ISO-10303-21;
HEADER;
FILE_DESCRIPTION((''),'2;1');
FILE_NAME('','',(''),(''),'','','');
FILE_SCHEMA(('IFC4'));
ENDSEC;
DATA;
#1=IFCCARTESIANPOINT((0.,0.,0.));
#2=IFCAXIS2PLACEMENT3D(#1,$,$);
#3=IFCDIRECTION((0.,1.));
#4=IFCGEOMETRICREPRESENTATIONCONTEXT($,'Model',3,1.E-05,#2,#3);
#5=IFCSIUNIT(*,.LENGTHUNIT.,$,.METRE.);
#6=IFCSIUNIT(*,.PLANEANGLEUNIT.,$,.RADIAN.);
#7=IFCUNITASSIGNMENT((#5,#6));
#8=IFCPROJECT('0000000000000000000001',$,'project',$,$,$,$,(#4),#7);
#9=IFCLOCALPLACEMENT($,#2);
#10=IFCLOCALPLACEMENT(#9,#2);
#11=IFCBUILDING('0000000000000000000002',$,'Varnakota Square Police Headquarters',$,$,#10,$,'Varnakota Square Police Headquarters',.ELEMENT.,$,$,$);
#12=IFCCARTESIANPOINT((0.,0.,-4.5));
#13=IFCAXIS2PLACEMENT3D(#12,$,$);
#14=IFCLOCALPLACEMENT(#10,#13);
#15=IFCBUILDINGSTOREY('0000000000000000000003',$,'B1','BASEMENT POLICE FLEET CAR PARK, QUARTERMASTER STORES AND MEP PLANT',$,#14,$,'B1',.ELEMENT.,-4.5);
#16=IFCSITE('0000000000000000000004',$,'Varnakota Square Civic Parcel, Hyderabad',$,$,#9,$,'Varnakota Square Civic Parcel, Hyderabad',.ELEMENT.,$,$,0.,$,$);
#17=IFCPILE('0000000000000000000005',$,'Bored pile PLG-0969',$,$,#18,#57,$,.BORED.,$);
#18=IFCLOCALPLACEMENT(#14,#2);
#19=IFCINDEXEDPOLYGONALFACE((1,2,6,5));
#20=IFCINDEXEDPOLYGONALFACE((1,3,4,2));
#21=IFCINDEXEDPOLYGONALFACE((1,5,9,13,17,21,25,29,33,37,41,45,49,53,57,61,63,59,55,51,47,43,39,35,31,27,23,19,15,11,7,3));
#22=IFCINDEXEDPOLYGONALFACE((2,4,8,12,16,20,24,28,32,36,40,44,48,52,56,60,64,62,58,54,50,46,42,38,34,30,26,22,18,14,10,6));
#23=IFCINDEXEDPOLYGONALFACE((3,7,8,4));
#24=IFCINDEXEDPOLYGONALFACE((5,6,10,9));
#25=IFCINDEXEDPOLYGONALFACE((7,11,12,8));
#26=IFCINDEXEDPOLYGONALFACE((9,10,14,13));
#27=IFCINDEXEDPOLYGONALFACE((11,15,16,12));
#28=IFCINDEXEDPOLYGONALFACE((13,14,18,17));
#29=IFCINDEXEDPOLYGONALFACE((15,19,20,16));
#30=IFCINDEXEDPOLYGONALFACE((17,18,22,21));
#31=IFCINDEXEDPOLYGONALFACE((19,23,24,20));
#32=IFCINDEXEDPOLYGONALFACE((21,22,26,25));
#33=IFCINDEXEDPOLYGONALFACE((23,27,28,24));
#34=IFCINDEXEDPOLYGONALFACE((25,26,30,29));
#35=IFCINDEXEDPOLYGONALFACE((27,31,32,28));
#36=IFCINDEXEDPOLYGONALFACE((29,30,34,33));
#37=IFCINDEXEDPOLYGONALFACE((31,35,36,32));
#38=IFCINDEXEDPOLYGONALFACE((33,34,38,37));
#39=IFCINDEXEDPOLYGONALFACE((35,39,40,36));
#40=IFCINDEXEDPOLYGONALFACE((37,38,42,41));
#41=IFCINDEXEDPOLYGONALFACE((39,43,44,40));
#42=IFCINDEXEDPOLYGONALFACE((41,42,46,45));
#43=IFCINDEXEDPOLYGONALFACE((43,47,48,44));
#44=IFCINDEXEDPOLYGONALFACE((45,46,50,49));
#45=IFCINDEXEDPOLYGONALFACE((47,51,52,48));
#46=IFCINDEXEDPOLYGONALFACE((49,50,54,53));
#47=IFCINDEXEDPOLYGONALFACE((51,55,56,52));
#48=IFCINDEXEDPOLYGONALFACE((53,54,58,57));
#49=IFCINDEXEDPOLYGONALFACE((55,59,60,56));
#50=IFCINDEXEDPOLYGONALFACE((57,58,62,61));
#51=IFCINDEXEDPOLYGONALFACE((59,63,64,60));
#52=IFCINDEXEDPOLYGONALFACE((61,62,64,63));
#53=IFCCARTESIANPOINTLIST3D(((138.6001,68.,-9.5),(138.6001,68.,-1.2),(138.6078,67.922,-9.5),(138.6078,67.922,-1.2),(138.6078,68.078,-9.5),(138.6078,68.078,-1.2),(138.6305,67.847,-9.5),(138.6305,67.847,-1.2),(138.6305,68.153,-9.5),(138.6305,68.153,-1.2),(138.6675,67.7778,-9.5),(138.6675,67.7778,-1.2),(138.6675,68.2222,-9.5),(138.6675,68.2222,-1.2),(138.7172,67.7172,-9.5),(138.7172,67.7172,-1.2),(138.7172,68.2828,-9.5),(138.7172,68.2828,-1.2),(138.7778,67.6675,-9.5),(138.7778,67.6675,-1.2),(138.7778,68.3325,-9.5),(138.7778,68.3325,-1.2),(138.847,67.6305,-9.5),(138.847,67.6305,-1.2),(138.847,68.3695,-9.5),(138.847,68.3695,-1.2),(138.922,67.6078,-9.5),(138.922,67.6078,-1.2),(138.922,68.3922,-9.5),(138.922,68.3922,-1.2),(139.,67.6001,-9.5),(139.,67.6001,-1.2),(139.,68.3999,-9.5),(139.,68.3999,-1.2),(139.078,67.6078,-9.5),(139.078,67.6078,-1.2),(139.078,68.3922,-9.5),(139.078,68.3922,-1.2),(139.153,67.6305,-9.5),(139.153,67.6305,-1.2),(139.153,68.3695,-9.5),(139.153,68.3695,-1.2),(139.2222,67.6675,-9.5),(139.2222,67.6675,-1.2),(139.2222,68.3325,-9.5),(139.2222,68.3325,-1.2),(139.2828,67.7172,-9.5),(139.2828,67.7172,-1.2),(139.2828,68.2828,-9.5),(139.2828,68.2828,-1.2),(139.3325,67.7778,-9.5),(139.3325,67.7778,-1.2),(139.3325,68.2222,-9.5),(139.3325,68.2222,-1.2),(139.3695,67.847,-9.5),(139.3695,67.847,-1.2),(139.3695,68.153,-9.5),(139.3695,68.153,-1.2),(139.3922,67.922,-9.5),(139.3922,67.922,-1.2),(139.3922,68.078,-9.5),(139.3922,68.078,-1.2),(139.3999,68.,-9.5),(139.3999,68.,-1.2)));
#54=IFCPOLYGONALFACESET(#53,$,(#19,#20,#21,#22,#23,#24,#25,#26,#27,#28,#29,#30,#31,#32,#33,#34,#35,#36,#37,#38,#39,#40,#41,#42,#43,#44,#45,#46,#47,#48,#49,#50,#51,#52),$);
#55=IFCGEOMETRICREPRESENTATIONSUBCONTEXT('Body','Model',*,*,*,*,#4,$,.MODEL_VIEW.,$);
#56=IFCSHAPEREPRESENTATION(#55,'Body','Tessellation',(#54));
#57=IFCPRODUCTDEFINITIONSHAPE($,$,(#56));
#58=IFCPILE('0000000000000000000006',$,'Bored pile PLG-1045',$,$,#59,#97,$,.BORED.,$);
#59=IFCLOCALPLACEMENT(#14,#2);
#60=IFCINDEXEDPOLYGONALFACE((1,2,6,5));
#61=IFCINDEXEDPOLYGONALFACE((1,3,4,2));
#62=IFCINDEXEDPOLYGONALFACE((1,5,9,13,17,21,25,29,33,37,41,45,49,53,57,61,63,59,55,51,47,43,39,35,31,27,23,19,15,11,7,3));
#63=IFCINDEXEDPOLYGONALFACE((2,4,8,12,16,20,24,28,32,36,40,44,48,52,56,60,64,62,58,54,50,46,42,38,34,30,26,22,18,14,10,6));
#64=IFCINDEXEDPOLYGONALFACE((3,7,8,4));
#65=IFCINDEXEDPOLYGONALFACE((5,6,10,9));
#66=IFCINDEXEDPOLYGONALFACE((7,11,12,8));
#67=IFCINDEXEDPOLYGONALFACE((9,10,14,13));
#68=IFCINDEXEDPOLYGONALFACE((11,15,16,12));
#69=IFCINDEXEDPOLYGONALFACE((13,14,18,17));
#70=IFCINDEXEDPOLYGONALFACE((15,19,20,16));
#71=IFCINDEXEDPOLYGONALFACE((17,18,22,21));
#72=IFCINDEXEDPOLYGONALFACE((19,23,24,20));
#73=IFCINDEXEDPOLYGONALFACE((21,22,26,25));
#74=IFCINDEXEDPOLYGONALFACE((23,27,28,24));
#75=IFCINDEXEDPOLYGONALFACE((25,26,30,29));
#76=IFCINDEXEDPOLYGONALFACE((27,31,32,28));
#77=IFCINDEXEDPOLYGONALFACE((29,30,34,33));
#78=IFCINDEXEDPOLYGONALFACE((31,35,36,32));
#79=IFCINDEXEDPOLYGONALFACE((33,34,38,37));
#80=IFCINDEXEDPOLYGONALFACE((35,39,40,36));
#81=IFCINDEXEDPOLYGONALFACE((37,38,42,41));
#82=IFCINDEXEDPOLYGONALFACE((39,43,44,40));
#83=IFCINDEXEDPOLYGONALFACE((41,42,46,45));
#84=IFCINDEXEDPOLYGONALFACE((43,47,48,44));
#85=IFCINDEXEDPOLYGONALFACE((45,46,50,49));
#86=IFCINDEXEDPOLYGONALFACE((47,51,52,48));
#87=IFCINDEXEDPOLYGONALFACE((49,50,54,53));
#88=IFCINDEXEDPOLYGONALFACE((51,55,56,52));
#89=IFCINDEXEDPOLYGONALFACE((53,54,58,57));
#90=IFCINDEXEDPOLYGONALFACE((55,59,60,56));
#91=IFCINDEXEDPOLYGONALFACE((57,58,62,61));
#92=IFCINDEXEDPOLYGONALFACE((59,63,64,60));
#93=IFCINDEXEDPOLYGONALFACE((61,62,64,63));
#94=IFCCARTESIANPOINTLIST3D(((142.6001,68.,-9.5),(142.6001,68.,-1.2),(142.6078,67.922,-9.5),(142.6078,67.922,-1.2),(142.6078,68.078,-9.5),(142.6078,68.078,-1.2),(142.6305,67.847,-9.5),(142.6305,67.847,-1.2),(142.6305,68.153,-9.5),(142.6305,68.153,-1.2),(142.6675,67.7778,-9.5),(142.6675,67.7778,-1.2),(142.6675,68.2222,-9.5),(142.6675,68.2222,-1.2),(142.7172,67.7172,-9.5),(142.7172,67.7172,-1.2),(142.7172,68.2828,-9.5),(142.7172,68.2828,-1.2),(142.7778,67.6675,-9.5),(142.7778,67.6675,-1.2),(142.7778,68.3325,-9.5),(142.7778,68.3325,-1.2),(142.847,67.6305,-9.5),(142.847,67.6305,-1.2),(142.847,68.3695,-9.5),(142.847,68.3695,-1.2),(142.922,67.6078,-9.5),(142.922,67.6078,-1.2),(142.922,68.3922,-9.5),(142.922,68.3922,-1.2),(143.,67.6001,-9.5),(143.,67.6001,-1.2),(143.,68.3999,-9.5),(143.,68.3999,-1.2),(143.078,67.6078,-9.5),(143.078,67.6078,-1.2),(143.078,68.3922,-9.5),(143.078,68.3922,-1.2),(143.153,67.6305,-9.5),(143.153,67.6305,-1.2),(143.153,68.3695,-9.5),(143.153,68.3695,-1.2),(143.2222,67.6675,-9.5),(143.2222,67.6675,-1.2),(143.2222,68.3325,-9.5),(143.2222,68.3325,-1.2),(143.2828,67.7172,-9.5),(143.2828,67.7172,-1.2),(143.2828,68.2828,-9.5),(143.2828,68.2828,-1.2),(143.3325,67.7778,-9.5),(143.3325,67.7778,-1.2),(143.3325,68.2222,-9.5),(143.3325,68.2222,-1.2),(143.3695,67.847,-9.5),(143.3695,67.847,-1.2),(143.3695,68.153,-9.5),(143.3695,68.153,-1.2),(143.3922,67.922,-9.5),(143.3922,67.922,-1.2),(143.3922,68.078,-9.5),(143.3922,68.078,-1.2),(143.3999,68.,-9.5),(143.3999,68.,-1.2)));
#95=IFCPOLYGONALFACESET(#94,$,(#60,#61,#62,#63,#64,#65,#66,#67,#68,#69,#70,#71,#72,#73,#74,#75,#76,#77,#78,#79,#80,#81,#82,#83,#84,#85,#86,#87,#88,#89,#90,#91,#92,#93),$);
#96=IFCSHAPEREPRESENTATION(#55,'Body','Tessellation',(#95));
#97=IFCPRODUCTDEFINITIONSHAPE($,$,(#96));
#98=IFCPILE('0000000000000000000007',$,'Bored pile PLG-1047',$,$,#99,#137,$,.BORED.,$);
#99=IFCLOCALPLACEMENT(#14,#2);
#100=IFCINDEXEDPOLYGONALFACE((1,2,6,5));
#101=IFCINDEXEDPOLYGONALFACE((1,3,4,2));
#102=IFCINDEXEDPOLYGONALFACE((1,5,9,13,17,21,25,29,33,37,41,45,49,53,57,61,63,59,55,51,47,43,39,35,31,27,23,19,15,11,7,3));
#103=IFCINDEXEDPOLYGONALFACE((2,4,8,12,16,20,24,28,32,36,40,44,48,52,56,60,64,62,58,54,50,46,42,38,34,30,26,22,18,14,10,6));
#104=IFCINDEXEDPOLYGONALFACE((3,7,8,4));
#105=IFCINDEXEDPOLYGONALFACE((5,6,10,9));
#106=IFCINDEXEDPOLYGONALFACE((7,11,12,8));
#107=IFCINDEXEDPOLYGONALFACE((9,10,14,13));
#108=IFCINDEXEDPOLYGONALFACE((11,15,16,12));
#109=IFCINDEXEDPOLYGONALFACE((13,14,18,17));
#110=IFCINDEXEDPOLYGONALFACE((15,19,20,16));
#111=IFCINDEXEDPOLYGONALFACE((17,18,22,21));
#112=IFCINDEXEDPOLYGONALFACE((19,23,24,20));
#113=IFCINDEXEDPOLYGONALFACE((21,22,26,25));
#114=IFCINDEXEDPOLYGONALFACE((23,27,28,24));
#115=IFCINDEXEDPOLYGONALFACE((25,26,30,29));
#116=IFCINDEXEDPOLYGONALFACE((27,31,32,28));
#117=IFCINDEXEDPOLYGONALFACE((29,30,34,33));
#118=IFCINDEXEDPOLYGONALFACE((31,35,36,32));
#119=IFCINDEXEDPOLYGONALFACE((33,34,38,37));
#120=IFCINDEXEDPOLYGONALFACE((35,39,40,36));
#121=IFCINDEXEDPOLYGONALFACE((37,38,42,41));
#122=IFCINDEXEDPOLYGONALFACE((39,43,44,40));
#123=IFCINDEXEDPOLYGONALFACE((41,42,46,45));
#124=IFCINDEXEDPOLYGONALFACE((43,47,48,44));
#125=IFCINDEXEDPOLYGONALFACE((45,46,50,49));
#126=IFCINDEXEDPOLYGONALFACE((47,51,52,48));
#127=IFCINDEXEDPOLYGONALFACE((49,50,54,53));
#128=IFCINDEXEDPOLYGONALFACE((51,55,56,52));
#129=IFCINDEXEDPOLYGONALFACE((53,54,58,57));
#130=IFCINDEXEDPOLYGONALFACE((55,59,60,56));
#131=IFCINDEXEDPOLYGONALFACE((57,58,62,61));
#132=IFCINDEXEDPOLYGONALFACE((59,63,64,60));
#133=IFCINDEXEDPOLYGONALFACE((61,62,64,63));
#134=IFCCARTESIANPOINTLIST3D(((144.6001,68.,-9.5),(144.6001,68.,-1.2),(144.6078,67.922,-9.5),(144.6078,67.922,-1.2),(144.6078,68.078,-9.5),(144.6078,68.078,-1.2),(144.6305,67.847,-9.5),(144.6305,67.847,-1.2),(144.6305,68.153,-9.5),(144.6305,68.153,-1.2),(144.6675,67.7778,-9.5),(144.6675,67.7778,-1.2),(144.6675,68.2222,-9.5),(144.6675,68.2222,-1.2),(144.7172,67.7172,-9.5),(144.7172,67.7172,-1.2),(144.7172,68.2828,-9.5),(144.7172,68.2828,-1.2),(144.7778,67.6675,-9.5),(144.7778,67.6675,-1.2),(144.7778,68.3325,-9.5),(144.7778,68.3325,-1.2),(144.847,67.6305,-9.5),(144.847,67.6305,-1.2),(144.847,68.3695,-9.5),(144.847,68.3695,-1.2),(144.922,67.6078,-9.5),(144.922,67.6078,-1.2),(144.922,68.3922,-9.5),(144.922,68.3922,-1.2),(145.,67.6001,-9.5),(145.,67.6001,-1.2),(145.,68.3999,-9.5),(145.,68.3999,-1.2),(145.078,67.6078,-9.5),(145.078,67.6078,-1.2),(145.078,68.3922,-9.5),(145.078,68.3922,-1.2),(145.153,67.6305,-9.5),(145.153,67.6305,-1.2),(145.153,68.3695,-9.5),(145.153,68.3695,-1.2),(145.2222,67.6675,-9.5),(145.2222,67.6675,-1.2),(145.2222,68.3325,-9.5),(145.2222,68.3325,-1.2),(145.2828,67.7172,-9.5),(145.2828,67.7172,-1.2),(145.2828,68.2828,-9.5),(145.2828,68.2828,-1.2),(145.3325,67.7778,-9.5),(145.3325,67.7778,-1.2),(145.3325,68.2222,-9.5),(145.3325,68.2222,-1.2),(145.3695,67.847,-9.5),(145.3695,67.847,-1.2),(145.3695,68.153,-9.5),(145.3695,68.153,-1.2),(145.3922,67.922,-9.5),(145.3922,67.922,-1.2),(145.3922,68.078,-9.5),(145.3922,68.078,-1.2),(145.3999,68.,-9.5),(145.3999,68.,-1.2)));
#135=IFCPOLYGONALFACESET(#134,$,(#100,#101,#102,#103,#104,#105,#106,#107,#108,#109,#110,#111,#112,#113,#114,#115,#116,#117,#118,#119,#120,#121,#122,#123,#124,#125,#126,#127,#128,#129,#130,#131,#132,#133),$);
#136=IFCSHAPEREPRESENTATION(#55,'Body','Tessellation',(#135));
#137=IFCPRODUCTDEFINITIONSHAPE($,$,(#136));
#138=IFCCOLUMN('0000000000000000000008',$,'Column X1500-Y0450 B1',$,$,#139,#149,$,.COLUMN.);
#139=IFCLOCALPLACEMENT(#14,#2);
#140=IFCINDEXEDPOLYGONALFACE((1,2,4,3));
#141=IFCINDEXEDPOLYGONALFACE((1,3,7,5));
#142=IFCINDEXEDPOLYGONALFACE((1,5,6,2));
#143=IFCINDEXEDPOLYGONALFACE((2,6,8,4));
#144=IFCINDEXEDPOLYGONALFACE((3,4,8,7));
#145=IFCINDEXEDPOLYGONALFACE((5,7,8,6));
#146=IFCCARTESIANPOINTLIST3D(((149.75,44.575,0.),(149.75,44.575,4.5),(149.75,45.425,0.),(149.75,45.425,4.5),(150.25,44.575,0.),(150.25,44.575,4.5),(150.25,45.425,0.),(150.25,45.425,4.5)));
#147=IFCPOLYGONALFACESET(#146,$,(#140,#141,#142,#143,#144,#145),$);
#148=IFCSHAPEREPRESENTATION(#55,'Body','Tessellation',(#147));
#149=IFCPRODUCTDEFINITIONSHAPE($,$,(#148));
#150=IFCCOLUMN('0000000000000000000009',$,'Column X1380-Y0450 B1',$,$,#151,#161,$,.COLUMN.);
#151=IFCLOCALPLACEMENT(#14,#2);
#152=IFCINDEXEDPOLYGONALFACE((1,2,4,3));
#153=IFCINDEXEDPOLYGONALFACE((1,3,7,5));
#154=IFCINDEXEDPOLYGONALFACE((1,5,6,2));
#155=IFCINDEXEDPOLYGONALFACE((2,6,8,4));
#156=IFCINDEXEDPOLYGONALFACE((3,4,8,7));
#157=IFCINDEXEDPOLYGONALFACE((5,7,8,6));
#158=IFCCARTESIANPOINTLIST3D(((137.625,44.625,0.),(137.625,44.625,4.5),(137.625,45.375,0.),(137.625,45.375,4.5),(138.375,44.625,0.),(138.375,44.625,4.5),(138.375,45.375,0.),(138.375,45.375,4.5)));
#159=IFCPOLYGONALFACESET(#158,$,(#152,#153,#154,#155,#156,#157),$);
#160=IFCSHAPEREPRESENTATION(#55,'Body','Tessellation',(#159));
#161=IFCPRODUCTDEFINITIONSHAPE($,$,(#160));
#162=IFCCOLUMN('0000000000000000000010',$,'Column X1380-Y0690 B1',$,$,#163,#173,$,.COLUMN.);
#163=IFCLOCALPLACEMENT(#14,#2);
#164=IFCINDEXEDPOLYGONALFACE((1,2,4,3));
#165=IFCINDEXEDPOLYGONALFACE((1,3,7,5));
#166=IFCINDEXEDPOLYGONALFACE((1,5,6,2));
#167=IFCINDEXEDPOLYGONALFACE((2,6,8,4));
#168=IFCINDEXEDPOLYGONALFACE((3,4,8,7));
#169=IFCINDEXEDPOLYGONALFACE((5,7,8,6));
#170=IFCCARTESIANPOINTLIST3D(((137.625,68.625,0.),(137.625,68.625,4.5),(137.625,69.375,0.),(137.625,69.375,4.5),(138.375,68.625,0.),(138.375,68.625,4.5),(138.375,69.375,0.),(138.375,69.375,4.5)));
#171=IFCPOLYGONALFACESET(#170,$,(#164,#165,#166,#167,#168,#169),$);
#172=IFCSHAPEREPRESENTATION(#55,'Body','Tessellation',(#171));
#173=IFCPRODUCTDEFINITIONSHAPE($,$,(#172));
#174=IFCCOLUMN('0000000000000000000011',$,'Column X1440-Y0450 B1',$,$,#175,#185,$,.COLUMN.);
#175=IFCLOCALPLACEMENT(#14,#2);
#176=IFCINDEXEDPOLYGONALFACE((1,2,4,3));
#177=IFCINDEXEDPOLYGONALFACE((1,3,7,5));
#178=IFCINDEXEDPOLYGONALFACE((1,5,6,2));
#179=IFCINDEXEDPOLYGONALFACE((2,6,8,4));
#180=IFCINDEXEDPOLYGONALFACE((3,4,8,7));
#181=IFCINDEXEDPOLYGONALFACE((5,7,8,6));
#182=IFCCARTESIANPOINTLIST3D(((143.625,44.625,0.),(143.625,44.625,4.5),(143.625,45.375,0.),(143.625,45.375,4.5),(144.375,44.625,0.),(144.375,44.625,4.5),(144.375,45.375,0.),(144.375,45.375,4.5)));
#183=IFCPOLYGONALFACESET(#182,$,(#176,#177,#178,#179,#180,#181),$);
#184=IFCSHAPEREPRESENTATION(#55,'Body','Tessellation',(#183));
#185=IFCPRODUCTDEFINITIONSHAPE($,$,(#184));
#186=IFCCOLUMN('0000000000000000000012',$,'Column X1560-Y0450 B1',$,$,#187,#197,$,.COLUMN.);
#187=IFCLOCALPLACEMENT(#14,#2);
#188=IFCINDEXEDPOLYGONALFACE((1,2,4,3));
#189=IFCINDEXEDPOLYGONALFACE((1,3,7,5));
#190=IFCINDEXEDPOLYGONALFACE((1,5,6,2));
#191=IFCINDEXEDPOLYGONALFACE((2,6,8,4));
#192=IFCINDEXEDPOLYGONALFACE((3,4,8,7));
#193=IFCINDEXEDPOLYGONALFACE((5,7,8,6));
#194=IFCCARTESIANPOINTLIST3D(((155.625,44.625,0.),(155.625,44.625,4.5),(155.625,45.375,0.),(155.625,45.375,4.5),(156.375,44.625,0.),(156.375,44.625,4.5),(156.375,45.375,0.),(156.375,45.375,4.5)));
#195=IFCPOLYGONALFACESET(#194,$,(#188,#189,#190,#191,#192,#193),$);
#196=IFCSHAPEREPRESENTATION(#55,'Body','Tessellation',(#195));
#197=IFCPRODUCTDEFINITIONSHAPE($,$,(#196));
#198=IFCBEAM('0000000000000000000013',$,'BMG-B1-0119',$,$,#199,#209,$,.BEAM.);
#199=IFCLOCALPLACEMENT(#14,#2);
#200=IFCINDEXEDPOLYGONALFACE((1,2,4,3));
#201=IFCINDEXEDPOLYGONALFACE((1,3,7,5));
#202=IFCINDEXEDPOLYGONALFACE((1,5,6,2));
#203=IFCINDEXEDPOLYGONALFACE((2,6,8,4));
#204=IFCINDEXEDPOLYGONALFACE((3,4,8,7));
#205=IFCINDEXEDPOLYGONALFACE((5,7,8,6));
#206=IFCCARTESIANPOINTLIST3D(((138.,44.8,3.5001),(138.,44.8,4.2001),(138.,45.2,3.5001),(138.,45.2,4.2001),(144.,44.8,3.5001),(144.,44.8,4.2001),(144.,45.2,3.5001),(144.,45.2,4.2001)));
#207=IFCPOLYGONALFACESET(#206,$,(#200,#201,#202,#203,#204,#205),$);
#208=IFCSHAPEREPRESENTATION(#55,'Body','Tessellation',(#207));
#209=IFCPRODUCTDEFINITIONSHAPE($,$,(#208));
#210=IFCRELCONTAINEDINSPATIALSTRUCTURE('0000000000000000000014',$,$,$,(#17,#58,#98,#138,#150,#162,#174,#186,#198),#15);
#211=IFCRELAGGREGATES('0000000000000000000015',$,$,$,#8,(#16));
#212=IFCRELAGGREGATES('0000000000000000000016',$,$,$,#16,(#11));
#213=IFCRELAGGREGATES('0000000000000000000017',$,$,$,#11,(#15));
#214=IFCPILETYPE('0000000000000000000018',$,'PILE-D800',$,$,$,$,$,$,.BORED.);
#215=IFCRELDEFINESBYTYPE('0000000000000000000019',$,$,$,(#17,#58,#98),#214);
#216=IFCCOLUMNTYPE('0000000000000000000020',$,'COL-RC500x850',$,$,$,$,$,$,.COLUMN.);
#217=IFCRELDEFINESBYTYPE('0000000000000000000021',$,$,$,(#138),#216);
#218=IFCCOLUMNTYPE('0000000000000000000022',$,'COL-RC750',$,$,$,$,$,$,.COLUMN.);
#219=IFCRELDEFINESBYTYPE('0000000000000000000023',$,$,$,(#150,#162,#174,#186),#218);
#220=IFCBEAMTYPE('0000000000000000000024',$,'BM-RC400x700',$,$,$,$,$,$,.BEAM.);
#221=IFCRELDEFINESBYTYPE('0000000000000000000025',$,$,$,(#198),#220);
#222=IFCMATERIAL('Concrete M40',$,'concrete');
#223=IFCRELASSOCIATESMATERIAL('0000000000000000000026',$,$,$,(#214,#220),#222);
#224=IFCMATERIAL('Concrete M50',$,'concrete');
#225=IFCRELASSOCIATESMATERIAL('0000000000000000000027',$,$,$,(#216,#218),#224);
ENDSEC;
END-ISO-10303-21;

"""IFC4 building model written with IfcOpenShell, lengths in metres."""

from ifc_helpers import new_model, si_unit, direction, frame, origin, origin_2d, place, context, subcontext, project, spatial, rectangle, circle, extrude, material, material_profile, profile_set, type_object, element, save


model = new_model("IFC4")

# Units and contexts
model_context = context("Model", 3, precision=1e-05, world=origin(), true_north=direction((0.0, 1.0)))
body_context = subcontext(model_context, "Body", "Model", "MODEL_VIEW")
ifc_project = project(units=[si_unit("LENGTHUNIT", "METRE"), si_unit("PLANEANGLEUNIT", "RADIAN")], contexts=[model_context])

# Site, building, storey
site_placement = place(None, origin())
site = spatial("IfcSite", under=ifc_project, at=site_placement, Name="Varnakota Square Civic Parcel, Hyderabad", LongName="Varnakota Square Civic Parcel, Hyderabad", CompositionType="ELEMENT", RefElevation=0.0)
building_placement = place(site_placement, origin())
building = spatial("IfcBuilding", under=site, at=building_placement, Name="Varnakota Square Police Headquarters", LongName="Varnakota Square Police Headquarters", CompositionType="ELEMENT")
storey_placement = place(building_placement, frame((0.0, 0.0, -4.5)))
storey = spatial("IfcBuildingStorey", under=building, at=storey_placement, Name="B1", Description="BASEMENT POLICE FLEET CAR PARK, QUARTERMASTER STORES AND MEP PLANT", LongName="B1", CompositionType="ELEMENT", Elevation=-4.5)

# Shared definitions
ifc_material_1 = material(Name="Concrete M40", Category="concrete")
ifc_material_2 = material(Name="Concrete M50", Category="concrete")

# Piles
ifc_material_profile_1 = material_profile(ifc_material_1, circle(Radius=0.3999, at=origin_2d()), Name="BORED PILE 800")
ifc_profile_set_1 = profile_set([ifc_material_profile_1], Name="Concrete M40")
pile_type_1 = type_object("IfcPileType", Name="PILE-D800", PredefinedType="BORED", material=ifc_profile_set_1)
for number, where, z_axis, x_axis, name in (
    (1, (139.0, 68.0, -1.2), (0.0, 0.0, -1.0), (1.0, 0.0, 0.0), "Bored pile PLG-0969"),
    (2, (143.0, 68.0, -1.2), (0.0, 0.0, -1.0), (1.0, 0.0, 0.0), "Bored pile PLG-1045"),
    (3, (145.0, 68.0, -1.2), (0.0, 0.0, -1.0), (1.0, 0.0, 0.0), "Bored pile PLG-1047"),
):
    element("IfcPile", number, at=place(storey_placement, frame(where, z_axis=z_axis, x_axis=x_axis)), inside=storey, type_object=pile_type_1, Name=name, PredefinedType="BORED", context=body_context, shape_type="SweptSolid", body=[
        extrude(circle(Radius=0.3999, at=origin_2d()), origin(), (0.0, 0.0, 1.0), 8.3),
    ])

# Columns
ifc_material_profile_2 = material_profile(ifc_material_2, rectangle(XDim=0.5, YDim=0.8501, at=origin_2d()), Name="RC 500x850")
ifc_profile_set_2 = profile_set([ifc_material_profile_2], Name="Concrete M50")
column_type_1 = type_object("IfcColumnType", Name="COL-RC500x850", PredefinedType="COLUMN", material=ifc_profile_set_2)
column_placement = place(storey_placement, frame((150.0, 45.0, 0.0), z_axis=(0.0, 0.0, 1.0), x_axis=(1.0, 0.0, 0.0)))
element("IfcColumn", 4, at=column_placement, inside=storey, type_object=column_type_1, Name="Column X1500-Y0450 B1", PredefinedType="COLUMN", context=body_context, shape_type="SweptSolid", body=[
    extrude(rectangle(XDim=0.5, YDim=0.8501, at=origin_2d()), origin(), (0.0, 0.0, 1.0), 4.5),
])
ifc_material_profile_3 = material_profile(ifc_material_2, rectangle(XDim=0.75, YDim=0.75, at=origin_2d()), Name="RC 750x750")
ifc_profile_set_3 = profile_set([ifc_material_profile_3], Name="Concrete M50")
column_type_2 = type_object("IfcColumnType", Name="COL-RC750", PredefinedType="COLUMN", material=ifc_profile_set_3)
for number, where, z_axis, x_axis, name in (
    (5, (138.0, 45.0, 0.0), (0.0, 0.0, 1.0), (1.0, 0.0, 0.0), "Column X1380-Y0450 B1"),
    (6, (138.0, 69.0, 0.0), (0.0, 0.0, 1.0), (1.0, 0.0, 0.0), "Column X1380-Y0690 B1"),
    (7, (144.0, 45.0, 0.0), (0.0, 0.0, 1.0), (1.0, 0.0, 0.0), "Column X1440-Y0450 B1"),
    (8, (156.0, 45.0, 0.0), (0.0, 0.0, 1.0), (1.0, 0.0, 0.0), "Column X1560-Y0450 B1"),
):
    element("IfcColumn", number, at=place(storey_placement, frame(where, z_axis=z_axis, x_axis=x_axis)), inside=storey, type_object=column_type_2, Name=name, PredefinedType="COLUMN", context=body_context, shape_type="SweptSolid", body=[
        extrude(rectangle(XDim=0.75, YDim=0.75, at=origin_2d()), origin(), (0.0, 0.0, 1.0), 4.5),
    ])

# Beam
ifc_material_profile_4 = material_profile(ifc_material_1, rectangle(XDim=0.3999, YDim=0.7, at=origin_2d()), Name="RC 400x700")
ifc_profile_set_4 = profile_set([ifc_material_profile_4], Name="Concrete M40")
beam_type_1 = type_object("IfcBeamType", Name="BM-RC400x700", PredefinedType="BEAM", material=ifc_profile_set_4)
for number, where, z_axis, x_axis, name in (
    (9, (138.0, 45.0, 3.8501), (1.0, 0.0, 0.0), (0.0, 1.0, 0.0), "BMG-B1-0119"),
):
    element("IfcBeam", number, at=place(storey_placement, frame(where, z_axis=z_axis, x_axis=x_axis)), inside=storey, type_object=beam_type_1, Name=name, PredefinedType="BEAM", context=body_context, shape_type="SweptSolid", body=[
        extrude(rectangle(XDim=0.3999, YDim=0.7, at=origin_2d()), origin(), (0.0, 0.0, 1.0), 6.0),
    ])

save(model, "model.ifc")
